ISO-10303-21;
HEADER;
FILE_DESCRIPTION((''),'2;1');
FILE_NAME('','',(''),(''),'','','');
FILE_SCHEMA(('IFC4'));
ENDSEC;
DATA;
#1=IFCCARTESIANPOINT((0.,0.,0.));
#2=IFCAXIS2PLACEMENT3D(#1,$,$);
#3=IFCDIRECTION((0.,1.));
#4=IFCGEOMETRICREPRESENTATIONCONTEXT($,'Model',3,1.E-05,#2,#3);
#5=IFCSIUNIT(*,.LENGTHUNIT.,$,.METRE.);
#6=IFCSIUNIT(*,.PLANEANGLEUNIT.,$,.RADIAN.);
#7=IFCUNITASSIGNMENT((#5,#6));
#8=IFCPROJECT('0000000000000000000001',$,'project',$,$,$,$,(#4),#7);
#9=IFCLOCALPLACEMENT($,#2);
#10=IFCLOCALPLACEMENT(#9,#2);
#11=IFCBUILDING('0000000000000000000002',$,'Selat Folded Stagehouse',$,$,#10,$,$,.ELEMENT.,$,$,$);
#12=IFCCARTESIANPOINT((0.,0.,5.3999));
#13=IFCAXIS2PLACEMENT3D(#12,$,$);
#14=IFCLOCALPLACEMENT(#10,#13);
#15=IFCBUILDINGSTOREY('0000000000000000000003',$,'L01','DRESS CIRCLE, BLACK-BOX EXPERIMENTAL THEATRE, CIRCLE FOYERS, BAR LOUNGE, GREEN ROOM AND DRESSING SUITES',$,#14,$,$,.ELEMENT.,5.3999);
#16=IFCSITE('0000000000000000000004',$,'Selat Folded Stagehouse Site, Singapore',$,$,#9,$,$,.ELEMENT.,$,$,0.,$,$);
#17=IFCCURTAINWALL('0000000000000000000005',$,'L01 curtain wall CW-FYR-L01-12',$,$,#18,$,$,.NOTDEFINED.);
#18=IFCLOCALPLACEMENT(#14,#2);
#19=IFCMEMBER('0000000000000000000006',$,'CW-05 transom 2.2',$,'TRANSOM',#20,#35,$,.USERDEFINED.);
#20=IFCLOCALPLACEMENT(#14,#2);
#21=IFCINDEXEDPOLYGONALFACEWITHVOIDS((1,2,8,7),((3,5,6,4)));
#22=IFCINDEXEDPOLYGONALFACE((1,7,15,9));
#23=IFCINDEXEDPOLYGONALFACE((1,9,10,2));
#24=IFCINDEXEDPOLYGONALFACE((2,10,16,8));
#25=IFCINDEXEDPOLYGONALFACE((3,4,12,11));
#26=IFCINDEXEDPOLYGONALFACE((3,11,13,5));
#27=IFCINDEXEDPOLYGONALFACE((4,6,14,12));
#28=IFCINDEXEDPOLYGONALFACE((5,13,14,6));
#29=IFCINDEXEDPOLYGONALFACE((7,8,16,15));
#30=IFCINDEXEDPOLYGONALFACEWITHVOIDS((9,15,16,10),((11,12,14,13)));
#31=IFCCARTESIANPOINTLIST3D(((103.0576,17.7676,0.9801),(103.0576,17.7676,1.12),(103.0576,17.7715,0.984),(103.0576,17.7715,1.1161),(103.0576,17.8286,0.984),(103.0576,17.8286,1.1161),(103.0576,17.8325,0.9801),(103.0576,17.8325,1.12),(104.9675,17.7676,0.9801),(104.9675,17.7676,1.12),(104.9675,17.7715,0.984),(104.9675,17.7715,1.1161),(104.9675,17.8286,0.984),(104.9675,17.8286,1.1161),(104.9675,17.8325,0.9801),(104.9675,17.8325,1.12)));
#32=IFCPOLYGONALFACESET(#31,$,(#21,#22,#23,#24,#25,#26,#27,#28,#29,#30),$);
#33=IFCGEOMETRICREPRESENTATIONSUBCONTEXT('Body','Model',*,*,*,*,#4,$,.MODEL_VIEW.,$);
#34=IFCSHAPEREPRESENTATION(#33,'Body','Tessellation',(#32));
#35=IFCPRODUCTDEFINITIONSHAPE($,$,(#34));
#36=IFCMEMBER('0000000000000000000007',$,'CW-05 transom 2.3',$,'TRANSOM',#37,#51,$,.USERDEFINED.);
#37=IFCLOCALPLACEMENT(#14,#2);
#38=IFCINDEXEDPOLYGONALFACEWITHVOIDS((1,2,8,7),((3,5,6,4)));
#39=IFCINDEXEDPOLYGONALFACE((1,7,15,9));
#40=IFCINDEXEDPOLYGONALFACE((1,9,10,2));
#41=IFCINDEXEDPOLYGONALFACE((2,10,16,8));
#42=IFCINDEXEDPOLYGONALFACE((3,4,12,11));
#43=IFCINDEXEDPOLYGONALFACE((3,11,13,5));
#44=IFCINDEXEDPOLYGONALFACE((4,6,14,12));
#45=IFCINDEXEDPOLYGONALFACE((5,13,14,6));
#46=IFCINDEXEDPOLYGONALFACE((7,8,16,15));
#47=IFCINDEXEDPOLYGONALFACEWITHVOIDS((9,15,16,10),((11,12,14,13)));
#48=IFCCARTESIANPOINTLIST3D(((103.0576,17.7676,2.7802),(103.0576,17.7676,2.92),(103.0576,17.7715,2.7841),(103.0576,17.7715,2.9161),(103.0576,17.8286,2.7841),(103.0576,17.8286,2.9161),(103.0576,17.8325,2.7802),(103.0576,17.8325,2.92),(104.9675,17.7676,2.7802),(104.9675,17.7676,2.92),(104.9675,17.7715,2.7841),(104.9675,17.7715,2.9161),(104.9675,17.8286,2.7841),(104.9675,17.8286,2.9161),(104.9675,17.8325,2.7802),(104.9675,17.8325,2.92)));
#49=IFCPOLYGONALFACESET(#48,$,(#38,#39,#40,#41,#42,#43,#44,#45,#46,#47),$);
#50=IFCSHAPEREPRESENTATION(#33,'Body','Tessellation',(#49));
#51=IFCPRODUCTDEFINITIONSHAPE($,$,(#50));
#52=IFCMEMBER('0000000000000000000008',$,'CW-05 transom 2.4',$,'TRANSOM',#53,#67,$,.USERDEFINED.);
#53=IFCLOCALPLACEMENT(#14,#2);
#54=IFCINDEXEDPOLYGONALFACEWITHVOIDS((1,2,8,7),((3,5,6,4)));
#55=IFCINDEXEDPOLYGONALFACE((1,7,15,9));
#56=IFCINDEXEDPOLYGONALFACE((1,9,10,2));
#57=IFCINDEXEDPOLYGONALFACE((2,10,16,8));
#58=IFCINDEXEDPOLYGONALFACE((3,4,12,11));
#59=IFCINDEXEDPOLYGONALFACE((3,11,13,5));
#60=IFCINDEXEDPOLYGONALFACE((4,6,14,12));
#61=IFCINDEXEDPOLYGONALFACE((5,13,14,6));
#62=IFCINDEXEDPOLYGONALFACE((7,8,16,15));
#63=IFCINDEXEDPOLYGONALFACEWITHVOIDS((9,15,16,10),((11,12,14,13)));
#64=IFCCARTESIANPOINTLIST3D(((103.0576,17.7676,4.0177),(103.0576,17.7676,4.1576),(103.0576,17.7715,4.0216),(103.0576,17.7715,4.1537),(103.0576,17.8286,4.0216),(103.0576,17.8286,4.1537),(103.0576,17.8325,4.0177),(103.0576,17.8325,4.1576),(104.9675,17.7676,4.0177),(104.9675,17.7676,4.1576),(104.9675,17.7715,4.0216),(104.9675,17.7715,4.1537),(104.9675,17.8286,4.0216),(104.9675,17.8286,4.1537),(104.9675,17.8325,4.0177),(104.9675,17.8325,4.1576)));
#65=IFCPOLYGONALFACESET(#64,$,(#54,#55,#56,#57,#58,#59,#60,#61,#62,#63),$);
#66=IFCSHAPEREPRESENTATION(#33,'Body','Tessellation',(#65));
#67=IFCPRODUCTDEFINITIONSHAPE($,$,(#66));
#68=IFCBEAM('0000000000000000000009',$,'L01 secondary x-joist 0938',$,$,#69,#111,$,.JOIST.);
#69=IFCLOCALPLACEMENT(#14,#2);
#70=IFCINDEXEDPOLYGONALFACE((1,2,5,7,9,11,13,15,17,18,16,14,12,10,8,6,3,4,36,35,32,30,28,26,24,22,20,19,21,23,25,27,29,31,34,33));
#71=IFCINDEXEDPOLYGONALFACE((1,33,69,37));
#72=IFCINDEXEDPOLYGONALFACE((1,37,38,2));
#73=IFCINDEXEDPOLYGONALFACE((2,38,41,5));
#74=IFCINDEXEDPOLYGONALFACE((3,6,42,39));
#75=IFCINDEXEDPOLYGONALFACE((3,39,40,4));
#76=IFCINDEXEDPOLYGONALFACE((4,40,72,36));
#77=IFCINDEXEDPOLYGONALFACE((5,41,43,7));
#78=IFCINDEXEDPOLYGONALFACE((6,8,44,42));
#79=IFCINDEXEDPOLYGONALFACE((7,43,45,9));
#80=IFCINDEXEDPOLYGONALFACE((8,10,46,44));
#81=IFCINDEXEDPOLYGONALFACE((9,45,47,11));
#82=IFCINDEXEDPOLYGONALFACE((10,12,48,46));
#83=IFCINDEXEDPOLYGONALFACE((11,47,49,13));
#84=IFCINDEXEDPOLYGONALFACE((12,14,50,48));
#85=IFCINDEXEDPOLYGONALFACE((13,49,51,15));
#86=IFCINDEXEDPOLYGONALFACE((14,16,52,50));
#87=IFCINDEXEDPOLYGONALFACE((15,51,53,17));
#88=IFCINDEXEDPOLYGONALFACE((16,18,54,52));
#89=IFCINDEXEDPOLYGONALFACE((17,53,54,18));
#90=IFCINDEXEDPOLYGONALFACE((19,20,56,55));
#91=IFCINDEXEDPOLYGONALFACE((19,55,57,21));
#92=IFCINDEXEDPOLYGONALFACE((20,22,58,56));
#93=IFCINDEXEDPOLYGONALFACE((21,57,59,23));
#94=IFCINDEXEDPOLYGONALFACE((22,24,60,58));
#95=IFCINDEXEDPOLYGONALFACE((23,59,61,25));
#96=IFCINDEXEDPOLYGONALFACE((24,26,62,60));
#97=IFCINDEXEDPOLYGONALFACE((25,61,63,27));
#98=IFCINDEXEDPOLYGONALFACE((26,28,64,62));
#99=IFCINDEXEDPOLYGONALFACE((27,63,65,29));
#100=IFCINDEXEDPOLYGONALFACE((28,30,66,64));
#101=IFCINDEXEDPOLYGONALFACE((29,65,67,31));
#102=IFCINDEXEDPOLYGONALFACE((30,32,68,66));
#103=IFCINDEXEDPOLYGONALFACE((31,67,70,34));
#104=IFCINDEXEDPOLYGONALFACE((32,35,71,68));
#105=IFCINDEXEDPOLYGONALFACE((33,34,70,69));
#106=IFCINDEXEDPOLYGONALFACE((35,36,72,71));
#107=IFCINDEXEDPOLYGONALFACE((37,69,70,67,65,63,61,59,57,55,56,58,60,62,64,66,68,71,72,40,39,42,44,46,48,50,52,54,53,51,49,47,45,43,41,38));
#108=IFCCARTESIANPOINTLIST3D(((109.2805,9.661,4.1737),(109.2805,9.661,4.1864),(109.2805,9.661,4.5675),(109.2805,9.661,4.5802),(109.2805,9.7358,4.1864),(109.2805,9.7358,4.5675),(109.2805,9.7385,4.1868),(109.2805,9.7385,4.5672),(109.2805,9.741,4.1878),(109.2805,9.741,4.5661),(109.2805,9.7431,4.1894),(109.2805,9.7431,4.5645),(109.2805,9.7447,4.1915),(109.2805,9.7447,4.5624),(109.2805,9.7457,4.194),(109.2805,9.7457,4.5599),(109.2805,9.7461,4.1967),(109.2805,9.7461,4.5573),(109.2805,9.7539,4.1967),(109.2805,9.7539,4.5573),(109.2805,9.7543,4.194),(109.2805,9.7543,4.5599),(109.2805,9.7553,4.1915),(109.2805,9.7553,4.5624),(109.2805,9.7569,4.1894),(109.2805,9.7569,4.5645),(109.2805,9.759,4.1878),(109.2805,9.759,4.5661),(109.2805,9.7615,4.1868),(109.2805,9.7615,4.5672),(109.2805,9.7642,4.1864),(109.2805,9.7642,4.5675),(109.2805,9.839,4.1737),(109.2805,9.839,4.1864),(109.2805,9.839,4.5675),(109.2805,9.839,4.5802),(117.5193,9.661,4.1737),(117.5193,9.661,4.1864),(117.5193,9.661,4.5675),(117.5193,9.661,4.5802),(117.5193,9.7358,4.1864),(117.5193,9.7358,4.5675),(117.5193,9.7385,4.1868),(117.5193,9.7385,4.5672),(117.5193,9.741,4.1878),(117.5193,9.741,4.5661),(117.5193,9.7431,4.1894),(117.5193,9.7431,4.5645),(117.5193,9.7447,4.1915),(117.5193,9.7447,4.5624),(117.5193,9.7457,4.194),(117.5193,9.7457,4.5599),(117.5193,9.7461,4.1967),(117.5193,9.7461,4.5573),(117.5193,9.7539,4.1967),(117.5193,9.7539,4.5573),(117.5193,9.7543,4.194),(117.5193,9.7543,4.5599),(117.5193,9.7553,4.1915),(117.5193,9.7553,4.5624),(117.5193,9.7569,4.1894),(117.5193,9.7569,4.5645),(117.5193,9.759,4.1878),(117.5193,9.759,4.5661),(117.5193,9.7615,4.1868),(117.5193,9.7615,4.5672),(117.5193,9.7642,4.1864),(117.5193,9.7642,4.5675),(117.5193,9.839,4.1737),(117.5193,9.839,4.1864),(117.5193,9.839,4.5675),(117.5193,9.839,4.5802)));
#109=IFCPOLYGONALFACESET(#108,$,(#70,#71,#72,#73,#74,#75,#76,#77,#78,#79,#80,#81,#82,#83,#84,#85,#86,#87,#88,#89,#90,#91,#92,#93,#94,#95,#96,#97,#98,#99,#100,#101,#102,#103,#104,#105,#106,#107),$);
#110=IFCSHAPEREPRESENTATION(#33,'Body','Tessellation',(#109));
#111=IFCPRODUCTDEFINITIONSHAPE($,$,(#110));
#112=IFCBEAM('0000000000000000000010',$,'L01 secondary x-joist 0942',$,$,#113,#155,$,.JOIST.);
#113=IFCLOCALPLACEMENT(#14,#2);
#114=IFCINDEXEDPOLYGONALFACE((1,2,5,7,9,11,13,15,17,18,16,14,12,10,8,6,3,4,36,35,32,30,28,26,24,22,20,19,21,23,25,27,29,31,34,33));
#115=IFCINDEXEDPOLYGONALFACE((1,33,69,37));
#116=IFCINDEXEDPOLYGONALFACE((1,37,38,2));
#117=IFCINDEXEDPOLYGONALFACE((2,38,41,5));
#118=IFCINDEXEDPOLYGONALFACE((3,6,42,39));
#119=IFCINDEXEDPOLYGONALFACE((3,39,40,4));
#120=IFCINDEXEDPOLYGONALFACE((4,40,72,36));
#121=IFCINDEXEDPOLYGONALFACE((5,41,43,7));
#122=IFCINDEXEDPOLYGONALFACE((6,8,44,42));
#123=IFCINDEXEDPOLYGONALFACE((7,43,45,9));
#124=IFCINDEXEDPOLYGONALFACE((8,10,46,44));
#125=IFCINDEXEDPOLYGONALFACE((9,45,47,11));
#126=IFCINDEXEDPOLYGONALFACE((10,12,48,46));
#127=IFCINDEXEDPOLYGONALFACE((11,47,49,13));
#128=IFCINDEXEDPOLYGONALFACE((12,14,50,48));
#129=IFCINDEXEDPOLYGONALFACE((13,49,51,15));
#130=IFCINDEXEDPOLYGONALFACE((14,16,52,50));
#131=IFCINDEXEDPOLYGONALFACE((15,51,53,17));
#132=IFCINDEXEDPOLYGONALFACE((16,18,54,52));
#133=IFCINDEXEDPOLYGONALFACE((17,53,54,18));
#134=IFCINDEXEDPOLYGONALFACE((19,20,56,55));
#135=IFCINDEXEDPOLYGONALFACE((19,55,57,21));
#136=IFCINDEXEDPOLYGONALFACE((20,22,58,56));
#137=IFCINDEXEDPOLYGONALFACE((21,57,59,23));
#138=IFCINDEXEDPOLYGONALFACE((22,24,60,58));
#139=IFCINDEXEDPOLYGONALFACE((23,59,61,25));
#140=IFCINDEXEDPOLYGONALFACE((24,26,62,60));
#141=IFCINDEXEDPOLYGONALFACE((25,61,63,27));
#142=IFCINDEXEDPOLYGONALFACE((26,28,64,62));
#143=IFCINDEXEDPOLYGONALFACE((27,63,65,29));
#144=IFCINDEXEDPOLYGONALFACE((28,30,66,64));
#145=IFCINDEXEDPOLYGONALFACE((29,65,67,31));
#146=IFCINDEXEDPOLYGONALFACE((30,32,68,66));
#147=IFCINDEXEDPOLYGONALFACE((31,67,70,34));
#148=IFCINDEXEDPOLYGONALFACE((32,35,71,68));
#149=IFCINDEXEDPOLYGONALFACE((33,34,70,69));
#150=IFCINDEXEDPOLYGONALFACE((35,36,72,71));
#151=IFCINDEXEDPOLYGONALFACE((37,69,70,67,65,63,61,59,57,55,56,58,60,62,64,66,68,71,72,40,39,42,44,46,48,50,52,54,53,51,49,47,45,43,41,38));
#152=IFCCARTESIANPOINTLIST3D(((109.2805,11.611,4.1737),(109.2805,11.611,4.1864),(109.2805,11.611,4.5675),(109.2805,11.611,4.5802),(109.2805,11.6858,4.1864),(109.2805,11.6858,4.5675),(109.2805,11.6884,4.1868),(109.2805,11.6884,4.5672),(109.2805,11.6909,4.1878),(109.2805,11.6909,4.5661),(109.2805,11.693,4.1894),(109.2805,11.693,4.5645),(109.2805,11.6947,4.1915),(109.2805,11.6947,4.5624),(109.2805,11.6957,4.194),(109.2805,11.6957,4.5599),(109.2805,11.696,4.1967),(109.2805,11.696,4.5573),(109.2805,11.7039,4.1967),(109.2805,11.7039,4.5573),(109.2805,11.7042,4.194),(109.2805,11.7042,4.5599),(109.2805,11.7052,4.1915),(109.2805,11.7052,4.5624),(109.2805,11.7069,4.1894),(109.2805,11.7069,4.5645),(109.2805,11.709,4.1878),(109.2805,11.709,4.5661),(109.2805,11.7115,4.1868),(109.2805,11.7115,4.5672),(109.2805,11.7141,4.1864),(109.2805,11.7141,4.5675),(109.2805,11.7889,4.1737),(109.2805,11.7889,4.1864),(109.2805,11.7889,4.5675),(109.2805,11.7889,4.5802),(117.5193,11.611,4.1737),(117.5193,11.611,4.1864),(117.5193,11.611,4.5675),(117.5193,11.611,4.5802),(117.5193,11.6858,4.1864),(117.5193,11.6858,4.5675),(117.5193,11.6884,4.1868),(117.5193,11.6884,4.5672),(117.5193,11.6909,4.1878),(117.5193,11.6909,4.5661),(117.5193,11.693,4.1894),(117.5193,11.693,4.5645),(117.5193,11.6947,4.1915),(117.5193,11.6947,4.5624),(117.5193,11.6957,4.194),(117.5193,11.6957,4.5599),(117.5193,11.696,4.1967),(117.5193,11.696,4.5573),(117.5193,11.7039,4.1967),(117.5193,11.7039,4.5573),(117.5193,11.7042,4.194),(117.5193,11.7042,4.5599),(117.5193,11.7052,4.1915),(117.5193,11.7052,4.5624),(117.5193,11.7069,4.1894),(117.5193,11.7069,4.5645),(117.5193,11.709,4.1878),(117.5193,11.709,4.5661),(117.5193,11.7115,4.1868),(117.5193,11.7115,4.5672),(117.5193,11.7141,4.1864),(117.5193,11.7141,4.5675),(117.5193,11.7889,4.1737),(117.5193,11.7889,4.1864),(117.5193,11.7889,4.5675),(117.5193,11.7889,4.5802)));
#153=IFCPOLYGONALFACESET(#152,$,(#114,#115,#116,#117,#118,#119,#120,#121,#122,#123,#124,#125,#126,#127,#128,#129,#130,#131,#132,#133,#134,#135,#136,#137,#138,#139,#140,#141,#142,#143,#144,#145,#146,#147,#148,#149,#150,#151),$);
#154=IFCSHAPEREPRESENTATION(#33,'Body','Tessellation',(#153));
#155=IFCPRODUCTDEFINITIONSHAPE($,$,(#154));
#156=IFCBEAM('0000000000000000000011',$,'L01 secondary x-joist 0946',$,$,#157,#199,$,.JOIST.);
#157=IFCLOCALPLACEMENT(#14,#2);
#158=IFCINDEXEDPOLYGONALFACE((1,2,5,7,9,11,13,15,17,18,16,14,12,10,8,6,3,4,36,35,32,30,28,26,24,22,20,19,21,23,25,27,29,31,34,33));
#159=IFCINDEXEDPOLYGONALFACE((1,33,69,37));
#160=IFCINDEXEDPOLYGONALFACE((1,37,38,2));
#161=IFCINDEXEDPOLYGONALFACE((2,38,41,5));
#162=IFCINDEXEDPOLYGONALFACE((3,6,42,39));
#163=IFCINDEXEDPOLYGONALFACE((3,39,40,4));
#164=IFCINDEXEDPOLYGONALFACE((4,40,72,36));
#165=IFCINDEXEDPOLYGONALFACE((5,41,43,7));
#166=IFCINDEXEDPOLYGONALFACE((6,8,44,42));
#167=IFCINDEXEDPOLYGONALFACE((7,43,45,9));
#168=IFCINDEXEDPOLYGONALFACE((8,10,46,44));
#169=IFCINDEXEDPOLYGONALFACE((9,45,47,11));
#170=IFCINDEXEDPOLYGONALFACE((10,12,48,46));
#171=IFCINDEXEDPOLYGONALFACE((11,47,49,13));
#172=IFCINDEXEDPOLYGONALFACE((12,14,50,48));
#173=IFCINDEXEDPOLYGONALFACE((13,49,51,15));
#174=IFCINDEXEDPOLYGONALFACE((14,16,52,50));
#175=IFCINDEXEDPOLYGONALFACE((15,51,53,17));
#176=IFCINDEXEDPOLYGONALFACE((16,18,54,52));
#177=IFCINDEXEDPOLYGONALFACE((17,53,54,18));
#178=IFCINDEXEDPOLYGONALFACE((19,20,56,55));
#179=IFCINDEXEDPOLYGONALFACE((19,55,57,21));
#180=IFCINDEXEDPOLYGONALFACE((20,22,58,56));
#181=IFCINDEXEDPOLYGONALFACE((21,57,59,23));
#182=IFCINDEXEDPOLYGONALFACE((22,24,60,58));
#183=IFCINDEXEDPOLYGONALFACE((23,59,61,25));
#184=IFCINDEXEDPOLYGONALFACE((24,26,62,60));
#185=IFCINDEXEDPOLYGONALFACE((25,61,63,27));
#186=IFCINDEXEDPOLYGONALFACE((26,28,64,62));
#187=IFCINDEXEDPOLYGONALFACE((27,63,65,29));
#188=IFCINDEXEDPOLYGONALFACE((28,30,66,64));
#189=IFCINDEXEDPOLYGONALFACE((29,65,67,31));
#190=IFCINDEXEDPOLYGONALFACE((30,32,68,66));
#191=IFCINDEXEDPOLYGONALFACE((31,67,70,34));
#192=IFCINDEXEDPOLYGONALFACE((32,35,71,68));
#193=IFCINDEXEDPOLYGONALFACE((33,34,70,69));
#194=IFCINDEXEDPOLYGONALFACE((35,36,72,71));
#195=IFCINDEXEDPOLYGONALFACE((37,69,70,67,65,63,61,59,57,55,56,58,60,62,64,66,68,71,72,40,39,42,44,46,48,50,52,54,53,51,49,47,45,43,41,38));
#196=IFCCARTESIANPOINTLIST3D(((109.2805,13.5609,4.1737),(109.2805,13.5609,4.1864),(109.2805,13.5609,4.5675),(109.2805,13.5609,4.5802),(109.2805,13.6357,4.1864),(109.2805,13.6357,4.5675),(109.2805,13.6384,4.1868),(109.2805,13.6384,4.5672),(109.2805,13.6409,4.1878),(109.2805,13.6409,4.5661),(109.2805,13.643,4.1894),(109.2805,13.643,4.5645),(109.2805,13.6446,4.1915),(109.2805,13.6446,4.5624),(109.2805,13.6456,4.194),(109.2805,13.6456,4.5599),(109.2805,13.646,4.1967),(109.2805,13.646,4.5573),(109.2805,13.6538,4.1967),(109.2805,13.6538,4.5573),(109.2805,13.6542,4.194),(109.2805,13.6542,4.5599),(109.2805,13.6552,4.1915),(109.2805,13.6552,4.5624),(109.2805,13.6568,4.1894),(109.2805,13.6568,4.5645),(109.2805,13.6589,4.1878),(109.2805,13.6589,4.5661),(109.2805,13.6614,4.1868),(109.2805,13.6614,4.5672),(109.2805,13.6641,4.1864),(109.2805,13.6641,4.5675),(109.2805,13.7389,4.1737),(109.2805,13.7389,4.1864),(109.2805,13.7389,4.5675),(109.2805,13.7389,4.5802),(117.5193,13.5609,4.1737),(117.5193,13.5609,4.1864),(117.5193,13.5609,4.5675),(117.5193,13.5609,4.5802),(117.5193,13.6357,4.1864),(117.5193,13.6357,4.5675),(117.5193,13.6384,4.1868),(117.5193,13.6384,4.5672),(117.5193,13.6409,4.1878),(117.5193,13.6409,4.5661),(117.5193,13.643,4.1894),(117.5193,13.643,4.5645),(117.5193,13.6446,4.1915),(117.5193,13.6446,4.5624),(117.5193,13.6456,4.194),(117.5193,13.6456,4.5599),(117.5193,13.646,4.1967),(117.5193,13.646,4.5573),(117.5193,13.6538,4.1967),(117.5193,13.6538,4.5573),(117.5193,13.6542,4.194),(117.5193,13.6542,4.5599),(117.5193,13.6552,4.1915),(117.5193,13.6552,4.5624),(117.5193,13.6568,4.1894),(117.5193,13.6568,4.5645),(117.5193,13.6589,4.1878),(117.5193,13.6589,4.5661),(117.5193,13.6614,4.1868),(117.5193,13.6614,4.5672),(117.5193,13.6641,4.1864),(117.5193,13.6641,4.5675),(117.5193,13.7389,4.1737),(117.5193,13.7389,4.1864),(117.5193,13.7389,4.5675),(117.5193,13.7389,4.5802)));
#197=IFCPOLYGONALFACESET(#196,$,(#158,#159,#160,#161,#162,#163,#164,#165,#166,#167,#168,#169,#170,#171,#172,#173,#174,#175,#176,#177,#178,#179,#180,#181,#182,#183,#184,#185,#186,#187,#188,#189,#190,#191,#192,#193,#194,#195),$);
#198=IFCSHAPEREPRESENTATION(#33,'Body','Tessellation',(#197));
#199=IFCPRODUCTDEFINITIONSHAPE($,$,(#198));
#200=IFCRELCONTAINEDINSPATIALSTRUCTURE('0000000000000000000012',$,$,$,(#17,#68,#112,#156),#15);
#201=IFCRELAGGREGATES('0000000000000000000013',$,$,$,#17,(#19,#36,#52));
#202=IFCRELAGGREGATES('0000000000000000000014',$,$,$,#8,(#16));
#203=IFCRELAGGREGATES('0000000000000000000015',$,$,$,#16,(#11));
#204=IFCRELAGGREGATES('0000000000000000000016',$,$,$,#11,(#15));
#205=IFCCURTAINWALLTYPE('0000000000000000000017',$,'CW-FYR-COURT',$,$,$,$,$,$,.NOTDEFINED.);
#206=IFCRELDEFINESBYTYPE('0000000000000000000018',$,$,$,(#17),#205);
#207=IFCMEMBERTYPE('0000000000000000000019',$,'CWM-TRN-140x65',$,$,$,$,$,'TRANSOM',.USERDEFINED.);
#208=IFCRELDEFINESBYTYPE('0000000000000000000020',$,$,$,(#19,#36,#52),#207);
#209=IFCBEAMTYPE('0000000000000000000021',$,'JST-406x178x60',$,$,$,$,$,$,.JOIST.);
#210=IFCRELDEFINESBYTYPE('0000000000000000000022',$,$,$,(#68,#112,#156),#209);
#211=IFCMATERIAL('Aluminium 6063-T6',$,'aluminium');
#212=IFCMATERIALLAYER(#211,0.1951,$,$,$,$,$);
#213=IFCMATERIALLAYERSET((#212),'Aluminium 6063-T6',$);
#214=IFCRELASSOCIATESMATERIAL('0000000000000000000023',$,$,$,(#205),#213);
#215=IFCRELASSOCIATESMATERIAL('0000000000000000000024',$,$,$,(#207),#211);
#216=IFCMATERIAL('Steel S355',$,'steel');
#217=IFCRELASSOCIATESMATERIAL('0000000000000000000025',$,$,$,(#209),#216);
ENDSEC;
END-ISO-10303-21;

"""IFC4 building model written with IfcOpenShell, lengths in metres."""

from ifc_helpers import new_model, si_unit, direction, frame, origin, origin_2d, place, context, subcontext, project, spatial, hollow_rectangle, i_section, extrude, material, layer, layer_set, material_profile, profile_set, type_object, element, aggregate, save


model = new_model("IFC4")

# Units and contexts
model_context = context("Model", 3, precision=1e-05, world=origin(), true_north=direction((0.0, 1.0)))
body_context = subcontext(model_context, "Body", "Model", "MODEL_VIEW")
ifc_project = project(units=[si_unit("LENGTHUNIT", "METRE"), si_unit("PLANEANGLEUNIT", "RADIAN")], contexts=[model_context])

# Site, building, storey
site_placement = place(None, origin())
site = spatial("IfcSite", under=ifc_project, at=site_placement, Name="Selat Folded Stagehouse Site, Singapore", CompositionType="ELEMENT", RefElevation=0.0)
building_placement = place(site_placement, origin())
building = spatial("IfcBuilding", under=site, at=building_placement, Name="Selat Folded Stagehouse", CompositionType="ELEMENT")
storey_placement = place(building_placement, frame((0.0, 0.0, 5.3999)))
storey = spatial("IfcBuildingStorey", under=building, at=storey_placement, Name="L01", Description="DRESS CIRCLE, BLACK-BOX EXPERIMENTAL THEATRE, CIRCLE FOYERS, BAR LOUNGE, GREEN ROOM AND DRESSING SUITES", CompositionType="ELEMENT", Elevation=5.3999)

# Shared definitions
ifc_material_1 = material(Name="Steel S355", Category="steel")

# Curtain wall, members
ifc_material_2 = material(Name="Aluminium 6063-T6", Category="aluminium")
ifc_layer_1 = layer(ifc_material_2, 0.1951)
ifc_layer_set_1 = layer_set([ifc_layer_1], Name="Aluminium 6063-T6")
curtain_wall_type = type_object("IfcCurtainWallType", Name="CW-FYR-COURT", PredefinedType="NOTDEFINED", material=ifc_layer_set_1)
curtain_wall_placement = place(storey_placement, origin())
curtain_wall = element("IfcCurtainWall", 1, at=curtain_wall_placement, inside=storey, type_object=curtain_wall_type, Name="L01 curtain wall CW-FYR-L01-12", PredefinedType="NOTDEFINED")
ifc_material_profile_1 = material_profile(ifc_material_2, hollow_rectangle(XDim=0.0649, YDim=0.1399, WallThickness=0.0039, at=origin_2d()), Name="ALU 140x65x4.0")
ifc_profile_set_1 = profile_set([ifc_material_profile_1], Name="Aluminium 6063-T6")
member_type_1 = type_object("IfcMemberType", Name="CWM-TRN-140x65", ElementType="TRANSOM", PredefinedType="USERDEFINED", material=ifc_profile_set_1)
member_1_placement = place(storey_placement, frame((103.0576, 17.8, 1.05), z_axis=(1.0, 0.0, 0.0), x_axis=(0.0, 1.0, 0.0)))
member_1 = element("IfcMember", 2, at=member_1_placement, type_object=member_type_1, Name="CW-05 transom 2.2", ObjectType="TRANSOM", PredefinedType="USERDEFINED", context=body_context, shape_type="SweptSolid", body=[
    extrude(hollow_rectangle(XDim=0.0649, YDim=0.1399, WallThickness=0.0039, at=origin_2d()), origin(), (0.0, 0.0, 1.0), 1.9099),
])
member_2_placement = place(storey_placement, frame((103.0576, 17.8, 2.8501), z_axis=(1.0, 0.0, 0.0), x_axis=(0.0, 1.0, 0.0)))
member_2 = element("IfcMember", 3, at=member_2_placement, type_object=member_type_1, Name="CW-05 transom 2.3", ObjectType="TRANSOM", PredefinedType="USERDEFINED", context=body_context, shape_type="SweptSolid", body=[
    extrude(hollow_rectangle(XDim=0.0649, YDim=0.1399, WallThickness=0.0039, at=origin_2d()), origin(), (0.0, 0.0, 1.0), 1.9099),
])
member_3_placement = place(storey_placement, frame((103.0576, 17.8, 4.0876), z_axis=(1.0, 0.0, 0.0), x_axis=(0.0, 1.0, 0.0)))
member_3 = element("IfcMember", 4, at=member_3_placement, type_object=member_type_1, Name="CW-05 transom 2.4", ObjectType="TRANSOM", PredefinedType="USERDEFINED", context=body_context, shape_type="SweptSolid", body=[
    extrude(hollow_rectangle(XDim=0.0649, YDim=0.1399, WallThickness=0.0039, at=origin_2d()), origin(), (0.0, 0.0, 1.0), 1.9099),
])

# Beams
ifc_material_profile_2 = material_profile(ifc_material_1, i_section(OverallWidth=0.178, OverallDepth=0.4065, WebThickness=0.0078, FlangeThickness=0.0127, FilletRadius=0.0103, at=origin_2d()), Name="UKB 406x178x60")
ifc_profile_set_2 = profile_set([ifc_material_profile_2], Name="Steel S355")
beam_type_1 = type_object("IfcBeamType", Name="JST-406x178x60", PredefinedType="JOIST", material=ifc_profile_set_2)
for number, where, z_axis, x_axis, name in (
    (5, (109.2805, 9.75, 4.377), (1.0, 0.0, 0.0), (0.0, 1.0, 0.0), "L01 secondary x-joist 0938"),
    (6, (109.2805, 11.7, 4.377), (1.0, 0.0, 0.0), (0.0, 1.0, 0.0), "L01 secondary x-joist 0942"),
    (7, (109.2805, 13.6499, 4.377), (1.0, 0.0, 0.0), (0.0, 1.0, 0.0), "L01 secondary x-joist 0946"),
):
    element("IfcBeam", number, at=place(storey_placement, frame(where, z_axis=z_axis, x_axis=x_axis)), inside=storey, type_object=beam_type_1, Name=name, PredefinedType="JOIST", context=body_context, shape_type="SweptSolid", body=[
        extrude(i_section(OverallWidth=0.178, OverallDepth=0.4065, WebThickness=0.0078, FlangeThickness=0.0127, FilletRadius=0.0103, at=origin_2d()), origin(), (0.0, 0.0, 1.0), 8.2388),
    ])

aggregate(curtain_wall, [member_1, member_2, member_3])

save(model, "model.ifc")
